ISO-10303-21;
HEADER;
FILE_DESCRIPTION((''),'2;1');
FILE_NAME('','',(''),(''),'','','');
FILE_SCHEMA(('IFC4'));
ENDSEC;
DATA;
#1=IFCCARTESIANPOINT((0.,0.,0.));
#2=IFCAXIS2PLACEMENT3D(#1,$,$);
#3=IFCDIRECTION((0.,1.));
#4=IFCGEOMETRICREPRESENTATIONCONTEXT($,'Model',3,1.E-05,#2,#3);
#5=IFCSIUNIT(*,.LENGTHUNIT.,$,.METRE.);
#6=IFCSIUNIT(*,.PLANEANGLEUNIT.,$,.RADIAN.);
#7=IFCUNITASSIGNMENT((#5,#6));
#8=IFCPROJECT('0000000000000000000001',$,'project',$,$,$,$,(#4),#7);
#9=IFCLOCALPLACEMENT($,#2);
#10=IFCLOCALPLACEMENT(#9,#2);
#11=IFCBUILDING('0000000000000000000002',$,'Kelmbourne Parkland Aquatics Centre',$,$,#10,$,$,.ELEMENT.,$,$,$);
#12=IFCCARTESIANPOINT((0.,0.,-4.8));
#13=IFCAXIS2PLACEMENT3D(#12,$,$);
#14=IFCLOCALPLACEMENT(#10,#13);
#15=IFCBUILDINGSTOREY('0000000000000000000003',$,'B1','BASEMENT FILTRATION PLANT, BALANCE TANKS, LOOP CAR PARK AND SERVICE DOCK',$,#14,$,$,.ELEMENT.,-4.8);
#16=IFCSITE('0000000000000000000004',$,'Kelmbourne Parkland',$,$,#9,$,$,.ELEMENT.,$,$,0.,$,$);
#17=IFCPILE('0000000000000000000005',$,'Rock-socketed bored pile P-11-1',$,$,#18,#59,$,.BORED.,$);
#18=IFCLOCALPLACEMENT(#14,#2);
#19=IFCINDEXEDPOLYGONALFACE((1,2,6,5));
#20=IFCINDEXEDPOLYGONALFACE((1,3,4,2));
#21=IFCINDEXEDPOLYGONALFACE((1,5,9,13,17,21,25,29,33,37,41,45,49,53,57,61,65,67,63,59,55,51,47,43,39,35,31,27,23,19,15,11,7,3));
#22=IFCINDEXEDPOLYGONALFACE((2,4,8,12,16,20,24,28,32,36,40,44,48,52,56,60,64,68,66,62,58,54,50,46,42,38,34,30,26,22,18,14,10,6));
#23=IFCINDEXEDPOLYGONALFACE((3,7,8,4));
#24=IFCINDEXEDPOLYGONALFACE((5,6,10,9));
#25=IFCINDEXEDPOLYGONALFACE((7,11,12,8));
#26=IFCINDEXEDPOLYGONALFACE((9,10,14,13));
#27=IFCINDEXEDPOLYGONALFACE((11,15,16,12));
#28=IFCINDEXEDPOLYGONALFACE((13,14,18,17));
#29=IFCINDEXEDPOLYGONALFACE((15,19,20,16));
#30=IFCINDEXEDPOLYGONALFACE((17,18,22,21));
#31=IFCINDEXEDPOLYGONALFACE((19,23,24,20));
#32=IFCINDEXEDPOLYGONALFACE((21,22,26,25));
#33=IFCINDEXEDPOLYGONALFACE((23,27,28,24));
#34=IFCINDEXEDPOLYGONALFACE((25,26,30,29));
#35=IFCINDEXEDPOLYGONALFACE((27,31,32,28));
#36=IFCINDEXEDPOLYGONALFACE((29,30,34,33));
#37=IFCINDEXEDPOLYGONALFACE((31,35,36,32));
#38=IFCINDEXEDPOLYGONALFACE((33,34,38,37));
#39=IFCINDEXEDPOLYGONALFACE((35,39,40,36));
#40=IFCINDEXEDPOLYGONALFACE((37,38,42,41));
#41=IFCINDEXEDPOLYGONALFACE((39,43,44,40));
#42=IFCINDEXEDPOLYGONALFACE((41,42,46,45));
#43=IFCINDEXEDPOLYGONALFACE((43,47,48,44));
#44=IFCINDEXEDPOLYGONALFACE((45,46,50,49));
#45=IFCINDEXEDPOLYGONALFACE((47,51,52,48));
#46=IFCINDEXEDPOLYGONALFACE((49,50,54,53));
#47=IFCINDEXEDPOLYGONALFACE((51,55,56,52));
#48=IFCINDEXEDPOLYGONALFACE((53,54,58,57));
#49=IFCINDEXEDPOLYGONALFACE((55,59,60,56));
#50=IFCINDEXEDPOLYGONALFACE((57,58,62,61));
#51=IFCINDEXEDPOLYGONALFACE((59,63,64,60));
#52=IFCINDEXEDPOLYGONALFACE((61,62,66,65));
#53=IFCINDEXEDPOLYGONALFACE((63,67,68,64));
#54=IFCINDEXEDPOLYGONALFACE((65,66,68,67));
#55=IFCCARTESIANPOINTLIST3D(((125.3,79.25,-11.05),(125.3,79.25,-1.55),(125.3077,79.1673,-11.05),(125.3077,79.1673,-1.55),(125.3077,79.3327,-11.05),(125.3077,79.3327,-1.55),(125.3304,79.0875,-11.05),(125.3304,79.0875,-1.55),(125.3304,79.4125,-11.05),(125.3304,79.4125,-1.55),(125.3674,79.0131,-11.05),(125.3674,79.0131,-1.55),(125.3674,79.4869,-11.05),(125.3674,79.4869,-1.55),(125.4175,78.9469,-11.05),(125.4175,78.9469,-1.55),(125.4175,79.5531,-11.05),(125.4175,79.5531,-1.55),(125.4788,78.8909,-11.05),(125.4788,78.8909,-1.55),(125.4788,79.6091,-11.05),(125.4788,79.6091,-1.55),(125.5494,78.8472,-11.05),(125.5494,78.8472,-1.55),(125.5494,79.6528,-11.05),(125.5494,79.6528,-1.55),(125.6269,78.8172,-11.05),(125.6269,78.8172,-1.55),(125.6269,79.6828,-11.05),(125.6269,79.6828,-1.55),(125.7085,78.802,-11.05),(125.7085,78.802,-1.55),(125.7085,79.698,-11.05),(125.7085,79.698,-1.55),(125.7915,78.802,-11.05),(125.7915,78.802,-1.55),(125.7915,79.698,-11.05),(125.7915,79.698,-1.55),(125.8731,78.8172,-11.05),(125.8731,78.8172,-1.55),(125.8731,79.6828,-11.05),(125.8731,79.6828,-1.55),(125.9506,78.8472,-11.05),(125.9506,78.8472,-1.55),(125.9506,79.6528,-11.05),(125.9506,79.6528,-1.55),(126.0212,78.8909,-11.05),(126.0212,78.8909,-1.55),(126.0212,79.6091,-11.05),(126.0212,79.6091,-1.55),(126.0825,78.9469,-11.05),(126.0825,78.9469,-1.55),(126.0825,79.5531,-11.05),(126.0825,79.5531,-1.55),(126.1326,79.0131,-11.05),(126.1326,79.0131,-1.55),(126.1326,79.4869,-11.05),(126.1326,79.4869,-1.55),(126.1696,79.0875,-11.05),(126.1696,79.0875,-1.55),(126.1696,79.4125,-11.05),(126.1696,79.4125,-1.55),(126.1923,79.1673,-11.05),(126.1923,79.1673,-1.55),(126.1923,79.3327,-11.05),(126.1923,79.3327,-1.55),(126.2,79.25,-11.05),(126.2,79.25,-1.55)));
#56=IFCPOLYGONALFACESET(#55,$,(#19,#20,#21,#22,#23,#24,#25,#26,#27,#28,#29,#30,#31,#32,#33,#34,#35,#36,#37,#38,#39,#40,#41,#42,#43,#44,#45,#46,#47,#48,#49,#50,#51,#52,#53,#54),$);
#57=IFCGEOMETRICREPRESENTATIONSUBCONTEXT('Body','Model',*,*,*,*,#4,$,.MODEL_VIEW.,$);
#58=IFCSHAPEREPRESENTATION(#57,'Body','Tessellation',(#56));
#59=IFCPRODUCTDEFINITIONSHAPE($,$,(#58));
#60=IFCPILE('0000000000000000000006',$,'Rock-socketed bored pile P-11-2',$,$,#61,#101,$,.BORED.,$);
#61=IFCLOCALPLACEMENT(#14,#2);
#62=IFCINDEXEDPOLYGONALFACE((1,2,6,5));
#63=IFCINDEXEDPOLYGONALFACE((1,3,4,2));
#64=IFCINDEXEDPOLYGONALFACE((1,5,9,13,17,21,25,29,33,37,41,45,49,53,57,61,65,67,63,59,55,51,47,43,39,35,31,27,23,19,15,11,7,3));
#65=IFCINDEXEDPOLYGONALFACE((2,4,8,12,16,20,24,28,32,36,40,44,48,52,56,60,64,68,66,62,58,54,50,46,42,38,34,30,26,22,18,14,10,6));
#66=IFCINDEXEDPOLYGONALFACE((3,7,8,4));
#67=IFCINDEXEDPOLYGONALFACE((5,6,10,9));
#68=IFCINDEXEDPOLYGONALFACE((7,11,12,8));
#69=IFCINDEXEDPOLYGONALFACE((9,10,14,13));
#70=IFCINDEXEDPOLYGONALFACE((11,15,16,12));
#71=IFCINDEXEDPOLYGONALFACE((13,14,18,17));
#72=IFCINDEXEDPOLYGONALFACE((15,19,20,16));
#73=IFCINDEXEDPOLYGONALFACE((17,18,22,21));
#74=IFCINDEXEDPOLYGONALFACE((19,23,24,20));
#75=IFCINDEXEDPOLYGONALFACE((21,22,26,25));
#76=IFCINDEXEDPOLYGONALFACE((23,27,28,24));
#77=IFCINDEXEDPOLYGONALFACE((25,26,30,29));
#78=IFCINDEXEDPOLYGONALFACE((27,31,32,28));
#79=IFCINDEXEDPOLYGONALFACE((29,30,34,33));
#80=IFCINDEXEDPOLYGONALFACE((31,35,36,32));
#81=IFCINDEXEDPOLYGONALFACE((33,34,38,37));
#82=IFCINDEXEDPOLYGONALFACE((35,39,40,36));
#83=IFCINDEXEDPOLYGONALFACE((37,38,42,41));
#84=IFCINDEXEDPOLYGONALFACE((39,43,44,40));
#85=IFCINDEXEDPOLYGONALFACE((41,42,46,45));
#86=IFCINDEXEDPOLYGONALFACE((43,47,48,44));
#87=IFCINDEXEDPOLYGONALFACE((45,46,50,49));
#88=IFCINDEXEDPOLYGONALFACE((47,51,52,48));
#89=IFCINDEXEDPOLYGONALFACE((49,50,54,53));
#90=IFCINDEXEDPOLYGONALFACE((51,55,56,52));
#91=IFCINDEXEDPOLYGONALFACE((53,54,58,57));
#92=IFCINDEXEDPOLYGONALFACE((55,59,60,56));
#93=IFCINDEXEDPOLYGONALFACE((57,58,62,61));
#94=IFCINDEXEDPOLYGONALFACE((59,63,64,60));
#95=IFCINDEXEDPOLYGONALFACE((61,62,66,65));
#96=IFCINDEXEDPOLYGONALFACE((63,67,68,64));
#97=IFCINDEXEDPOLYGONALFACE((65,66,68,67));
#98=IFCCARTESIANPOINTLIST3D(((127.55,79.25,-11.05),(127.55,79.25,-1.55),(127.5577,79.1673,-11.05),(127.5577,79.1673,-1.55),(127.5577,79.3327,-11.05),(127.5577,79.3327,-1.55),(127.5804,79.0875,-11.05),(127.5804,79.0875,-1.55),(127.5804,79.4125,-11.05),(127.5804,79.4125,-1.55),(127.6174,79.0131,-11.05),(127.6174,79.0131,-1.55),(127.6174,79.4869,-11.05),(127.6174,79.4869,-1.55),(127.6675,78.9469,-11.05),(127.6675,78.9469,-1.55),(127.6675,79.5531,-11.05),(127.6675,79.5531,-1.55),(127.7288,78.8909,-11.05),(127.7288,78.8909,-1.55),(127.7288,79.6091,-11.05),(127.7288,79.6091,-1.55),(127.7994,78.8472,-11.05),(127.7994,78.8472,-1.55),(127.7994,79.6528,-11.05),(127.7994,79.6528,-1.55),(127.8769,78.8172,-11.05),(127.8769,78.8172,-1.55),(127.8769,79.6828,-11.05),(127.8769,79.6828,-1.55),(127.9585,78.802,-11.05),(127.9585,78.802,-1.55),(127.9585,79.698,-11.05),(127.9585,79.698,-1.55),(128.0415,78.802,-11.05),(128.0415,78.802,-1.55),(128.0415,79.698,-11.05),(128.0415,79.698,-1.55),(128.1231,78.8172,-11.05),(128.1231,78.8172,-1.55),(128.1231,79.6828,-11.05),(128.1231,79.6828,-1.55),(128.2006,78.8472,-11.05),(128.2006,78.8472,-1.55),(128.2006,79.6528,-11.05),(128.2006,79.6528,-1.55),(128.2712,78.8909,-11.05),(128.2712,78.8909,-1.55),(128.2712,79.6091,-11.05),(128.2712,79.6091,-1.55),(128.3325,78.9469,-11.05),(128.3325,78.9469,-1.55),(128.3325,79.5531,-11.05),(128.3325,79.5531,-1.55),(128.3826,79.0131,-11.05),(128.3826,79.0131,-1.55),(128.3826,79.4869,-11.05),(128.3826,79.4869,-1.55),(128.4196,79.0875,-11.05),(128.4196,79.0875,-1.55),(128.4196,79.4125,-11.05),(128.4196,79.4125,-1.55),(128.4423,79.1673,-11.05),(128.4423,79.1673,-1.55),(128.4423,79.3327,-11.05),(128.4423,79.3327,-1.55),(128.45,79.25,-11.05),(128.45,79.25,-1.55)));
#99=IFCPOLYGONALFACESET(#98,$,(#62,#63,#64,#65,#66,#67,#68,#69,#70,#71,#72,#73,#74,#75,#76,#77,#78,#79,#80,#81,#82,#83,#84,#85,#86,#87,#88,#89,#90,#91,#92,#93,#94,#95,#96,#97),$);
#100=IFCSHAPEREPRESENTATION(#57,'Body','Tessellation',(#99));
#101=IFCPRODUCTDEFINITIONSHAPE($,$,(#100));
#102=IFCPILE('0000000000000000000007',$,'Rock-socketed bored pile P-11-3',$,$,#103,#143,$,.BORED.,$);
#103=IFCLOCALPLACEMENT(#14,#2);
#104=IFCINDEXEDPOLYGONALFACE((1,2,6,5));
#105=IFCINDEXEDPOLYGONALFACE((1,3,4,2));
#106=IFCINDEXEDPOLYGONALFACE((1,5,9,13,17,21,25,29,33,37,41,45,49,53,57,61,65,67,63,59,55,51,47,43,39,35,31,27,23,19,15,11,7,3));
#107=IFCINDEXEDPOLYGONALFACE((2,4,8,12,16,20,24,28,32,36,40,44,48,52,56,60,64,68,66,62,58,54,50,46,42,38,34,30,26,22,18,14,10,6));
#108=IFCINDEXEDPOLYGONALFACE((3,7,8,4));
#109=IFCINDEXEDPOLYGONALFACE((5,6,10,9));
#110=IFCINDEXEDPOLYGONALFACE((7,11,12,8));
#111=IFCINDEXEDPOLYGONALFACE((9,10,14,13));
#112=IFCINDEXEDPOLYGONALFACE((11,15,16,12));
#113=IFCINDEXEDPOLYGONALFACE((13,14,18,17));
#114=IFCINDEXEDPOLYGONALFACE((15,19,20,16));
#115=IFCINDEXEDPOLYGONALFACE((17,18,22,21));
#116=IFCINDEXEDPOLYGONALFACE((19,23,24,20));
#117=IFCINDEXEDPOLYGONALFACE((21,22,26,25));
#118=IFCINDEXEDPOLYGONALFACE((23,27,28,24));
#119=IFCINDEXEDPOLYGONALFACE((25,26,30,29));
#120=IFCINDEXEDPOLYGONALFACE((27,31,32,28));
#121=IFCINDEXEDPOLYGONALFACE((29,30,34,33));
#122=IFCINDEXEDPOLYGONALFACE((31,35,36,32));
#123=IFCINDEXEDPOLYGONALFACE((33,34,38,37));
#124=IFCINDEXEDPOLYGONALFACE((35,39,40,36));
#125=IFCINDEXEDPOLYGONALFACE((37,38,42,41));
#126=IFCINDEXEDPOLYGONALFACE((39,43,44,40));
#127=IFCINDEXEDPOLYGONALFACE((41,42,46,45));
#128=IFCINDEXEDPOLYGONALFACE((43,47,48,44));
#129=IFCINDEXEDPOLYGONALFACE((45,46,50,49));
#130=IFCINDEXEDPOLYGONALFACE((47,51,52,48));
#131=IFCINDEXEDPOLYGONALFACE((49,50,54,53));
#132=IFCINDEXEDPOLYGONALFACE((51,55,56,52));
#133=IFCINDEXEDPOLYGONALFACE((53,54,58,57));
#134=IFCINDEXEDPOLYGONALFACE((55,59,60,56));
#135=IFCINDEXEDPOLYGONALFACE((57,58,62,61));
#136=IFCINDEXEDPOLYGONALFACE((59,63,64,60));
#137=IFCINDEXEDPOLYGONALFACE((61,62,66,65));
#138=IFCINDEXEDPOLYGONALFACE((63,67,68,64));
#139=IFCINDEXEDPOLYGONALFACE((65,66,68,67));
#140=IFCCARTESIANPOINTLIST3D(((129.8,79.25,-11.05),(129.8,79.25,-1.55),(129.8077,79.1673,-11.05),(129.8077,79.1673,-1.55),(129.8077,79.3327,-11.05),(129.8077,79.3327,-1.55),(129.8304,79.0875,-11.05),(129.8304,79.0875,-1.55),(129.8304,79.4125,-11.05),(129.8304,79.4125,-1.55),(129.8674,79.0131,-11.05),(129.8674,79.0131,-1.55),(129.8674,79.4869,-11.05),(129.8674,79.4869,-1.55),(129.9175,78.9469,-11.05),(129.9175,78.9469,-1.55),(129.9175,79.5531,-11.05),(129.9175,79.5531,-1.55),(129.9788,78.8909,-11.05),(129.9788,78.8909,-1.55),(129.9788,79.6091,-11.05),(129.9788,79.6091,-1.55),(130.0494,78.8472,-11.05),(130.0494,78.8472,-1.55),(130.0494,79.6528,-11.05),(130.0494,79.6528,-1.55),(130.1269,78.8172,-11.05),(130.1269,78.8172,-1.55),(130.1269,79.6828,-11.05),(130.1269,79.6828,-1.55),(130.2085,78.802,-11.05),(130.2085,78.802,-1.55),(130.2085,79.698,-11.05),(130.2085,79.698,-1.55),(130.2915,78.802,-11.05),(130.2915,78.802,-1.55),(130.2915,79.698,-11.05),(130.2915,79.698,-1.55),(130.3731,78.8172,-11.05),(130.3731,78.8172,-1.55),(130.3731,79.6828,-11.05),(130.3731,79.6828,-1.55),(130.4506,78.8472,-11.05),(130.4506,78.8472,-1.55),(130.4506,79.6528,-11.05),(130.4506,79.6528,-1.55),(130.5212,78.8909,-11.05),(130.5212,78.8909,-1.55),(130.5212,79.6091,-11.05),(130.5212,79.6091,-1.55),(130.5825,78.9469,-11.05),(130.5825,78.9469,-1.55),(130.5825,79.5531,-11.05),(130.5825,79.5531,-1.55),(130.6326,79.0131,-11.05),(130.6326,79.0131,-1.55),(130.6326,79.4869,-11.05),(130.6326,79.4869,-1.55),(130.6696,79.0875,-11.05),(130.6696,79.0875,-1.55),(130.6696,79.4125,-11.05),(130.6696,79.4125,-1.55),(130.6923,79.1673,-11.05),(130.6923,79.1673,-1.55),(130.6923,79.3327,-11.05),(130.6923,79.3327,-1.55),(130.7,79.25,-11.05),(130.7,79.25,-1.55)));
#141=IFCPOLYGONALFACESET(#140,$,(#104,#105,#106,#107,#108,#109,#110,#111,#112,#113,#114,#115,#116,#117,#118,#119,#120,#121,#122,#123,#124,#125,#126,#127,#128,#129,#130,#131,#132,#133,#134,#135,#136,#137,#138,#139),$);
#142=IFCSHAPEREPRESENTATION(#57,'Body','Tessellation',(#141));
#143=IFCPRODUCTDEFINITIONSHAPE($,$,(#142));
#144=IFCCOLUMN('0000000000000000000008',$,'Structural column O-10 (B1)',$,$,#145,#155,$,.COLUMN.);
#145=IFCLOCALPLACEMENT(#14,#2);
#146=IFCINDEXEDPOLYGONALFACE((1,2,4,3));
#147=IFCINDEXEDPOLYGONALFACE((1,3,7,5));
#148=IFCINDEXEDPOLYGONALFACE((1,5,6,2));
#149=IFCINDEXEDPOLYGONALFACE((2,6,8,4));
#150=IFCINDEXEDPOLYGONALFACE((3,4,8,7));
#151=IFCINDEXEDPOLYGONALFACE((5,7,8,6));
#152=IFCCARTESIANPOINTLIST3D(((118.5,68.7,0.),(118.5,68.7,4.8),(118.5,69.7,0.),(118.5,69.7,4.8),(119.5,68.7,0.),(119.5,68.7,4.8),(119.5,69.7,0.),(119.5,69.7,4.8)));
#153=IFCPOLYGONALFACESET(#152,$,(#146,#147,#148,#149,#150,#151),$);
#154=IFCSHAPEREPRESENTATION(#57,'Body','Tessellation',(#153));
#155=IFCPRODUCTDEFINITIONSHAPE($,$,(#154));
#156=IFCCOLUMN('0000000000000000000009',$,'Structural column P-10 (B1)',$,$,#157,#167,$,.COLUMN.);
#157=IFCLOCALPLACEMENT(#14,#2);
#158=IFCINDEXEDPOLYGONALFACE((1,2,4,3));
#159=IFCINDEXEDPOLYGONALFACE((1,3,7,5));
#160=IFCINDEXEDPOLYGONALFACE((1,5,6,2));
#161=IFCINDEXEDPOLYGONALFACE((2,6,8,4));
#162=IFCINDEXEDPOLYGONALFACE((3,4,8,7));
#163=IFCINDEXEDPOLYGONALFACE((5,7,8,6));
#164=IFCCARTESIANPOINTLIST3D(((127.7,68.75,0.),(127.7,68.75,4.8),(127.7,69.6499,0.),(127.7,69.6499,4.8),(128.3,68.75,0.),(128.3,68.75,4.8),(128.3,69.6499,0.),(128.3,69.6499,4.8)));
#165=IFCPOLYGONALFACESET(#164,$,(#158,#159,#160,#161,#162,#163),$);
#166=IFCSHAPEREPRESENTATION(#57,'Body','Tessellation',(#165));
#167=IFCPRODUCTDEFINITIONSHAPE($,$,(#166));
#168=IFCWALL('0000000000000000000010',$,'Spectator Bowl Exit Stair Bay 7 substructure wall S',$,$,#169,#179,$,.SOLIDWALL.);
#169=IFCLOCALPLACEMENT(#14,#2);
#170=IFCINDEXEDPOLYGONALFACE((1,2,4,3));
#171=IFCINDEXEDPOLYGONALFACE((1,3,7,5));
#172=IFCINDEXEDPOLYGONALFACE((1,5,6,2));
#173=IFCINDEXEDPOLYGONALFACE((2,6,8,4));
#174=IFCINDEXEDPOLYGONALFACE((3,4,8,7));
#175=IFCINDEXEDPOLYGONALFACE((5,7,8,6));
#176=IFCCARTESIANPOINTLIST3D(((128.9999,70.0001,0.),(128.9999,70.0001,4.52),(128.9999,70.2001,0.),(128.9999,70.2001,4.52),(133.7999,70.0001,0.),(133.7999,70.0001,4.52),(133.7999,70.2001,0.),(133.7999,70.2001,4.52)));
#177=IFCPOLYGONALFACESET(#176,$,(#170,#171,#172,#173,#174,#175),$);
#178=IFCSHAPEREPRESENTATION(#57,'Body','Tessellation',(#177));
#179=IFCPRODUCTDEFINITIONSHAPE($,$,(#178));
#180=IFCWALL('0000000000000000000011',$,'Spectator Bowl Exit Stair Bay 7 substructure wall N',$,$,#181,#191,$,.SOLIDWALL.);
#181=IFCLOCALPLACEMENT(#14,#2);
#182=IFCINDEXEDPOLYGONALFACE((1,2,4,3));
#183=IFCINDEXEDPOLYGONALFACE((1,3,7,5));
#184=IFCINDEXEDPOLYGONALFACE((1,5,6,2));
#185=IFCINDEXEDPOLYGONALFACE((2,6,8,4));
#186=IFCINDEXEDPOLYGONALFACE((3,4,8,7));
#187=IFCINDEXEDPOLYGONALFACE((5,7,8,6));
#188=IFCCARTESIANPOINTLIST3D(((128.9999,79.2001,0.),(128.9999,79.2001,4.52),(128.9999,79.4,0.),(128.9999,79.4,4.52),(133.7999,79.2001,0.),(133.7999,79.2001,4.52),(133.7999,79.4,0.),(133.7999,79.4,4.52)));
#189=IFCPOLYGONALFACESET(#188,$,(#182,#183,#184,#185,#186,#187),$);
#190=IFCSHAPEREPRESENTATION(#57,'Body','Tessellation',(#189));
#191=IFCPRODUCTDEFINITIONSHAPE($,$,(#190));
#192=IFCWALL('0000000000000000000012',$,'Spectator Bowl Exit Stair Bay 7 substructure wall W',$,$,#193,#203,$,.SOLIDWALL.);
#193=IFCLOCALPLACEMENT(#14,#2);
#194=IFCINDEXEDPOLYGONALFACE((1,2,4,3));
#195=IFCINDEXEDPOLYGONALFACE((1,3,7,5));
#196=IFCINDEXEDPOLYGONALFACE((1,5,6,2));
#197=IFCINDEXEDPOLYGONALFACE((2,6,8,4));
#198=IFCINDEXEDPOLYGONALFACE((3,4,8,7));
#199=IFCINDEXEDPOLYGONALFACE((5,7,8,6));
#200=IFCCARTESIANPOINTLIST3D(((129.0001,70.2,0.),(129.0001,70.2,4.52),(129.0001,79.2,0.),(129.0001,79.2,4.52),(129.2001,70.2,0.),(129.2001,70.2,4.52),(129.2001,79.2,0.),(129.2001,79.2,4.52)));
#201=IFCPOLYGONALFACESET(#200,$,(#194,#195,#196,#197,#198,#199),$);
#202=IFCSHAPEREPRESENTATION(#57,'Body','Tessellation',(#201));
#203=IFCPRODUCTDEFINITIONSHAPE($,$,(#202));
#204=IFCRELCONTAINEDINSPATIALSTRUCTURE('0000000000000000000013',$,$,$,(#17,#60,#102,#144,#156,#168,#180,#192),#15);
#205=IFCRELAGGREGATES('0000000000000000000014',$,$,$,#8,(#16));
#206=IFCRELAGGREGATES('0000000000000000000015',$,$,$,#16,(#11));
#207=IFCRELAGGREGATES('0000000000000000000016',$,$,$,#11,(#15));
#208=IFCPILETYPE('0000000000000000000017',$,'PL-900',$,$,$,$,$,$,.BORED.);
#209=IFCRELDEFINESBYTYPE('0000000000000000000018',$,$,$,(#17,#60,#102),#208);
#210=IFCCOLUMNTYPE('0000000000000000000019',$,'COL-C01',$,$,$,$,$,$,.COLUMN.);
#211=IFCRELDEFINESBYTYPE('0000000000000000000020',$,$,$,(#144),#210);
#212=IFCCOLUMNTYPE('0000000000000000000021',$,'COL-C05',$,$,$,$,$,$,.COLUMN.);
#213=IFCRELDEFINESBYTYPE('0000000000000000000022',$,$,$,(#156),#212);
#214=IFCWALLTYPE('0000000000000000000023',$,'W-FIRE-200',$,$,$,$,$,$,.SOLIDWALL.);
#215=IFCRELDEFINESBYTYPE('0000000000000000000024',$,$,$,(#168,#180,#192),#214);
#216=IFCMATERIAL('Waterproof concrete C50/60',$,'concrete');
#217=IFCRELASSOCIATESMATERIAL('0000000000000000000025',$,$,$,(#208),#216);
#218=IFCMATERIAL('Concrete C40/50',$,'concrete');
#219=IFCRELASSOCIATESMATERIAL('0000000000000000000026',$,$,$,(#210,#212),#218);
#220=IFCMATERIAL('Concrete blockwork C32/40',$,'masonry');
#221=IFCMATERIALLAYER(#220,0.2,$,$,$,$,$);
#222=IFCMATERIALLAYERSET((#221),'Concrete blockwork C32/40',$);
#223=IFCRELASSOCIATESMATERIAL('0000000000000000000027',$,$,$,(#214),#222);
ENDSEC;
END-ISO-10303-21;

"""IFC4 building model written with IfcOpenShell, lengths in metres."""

from ifc_helpers import new_model, si_unit, direction, frame, frame_2d, origin, origin_2d, place, context, subcontext, project, spatial, rectangle, circle, extrude, material, layer, layer_set, material_profile, profile_set, type_object, element, save


model = new_model("IFC4")

# Units and contexts
model_context = context("Model", 3, precision=1e-05, world=origin(), true_north=direction((0.0, 1.0)))
body_context = subcontext(model_context, "Body", "Model", "MODEL_VIEW")
ifc_project = project(units=[si_unit("LENGTHUNIT", "METRE"), si_unit("PLANEANGLEUNIT", "RADIAN")], contexts=[model_context])

# Site, building, storey
site_placement = place(None, origin())
site = spatial("IfcSite", under=ifc_project, at=site_placement, Name="Kelmbourne Parkland", CompositionType="ELEMENT", RefElevation=0.0)
building_placement = place(site_placement, origin())
building = spatial("IfcBuilding", under=site, at=building_placement, Name="Kelmbourne Parkland Aquatics Centre", CompositionType="ELEMENT")
storey_placement = place(building_placement, frame((0.0, 0.0, -4.8)))
storey = spatial("IfcBuildingStorey", under=building, at=storey_placement, Name="B1", Description="BASEMENT FILTRATION PLANT, BALANCE TANKS, LOOP CAR PARK AND SERVICE DOCK", CompositionType="ELEMENT", Elevation=-4.8)

# Shared definitions
ifc_material_1 = material(Name="Waterproof concrete C50/60", Category="concrete")

# Piles
ifc_material_profile_1 = material_profile(ifc_material_1, circle(Radius=0.45, at=origin_2d()), Name="PILE D900")
ifc_profile_set_1 = profile_set([ifc_material_profile_1], Name="Waterproof concrete C50/60")
pile_type_1 = type_object("IfcPileType", Name="PL-900", PredefinedType="BORED", material=ifc_profile_set_1)
for number, where, z_axis, x_axis, name in (
    (1, (125.75, 79.25, -1.55), (0.0, 0.0, -1.0), (1.0, 0.0, 0.0), "Rock-socketed bored pile P-11-1"),
    (2, (128.0, 79.25, -1.55), (0.0, 0.0, -1.0), (1.0, 0.0, 0.0), "Rock-socketed bored pile P-11-2"),
    (3, (130.25, 79.25, -1.55), (0.0, 0.0, -1.0), (1.0, 0.0, 0.0), "Rock-socketed bored pile P-11-3"),
):
    element("IfcPile", number, at=place(storey_placement, frame(where, z_axis=z_axis, x_axis=x_axis)), inside=storey, type_object=pile_type_1, Name=name, PredefinedType="BORED", context=body_context, shape_type="SweptSolid", body=[
        extrude(circle(Radius=0.45, at=origin_2d()), origin(), (0.0, 0.0, 1.0), 9.5),
    ])

# Columns
ifc_material_2 = material(Name="Concrete C40/50", Category="concrete")
ifc_material_profile_2 = material_profile(ifc_material_2, rectangle(XDim=1.0, YDim=1.0, at=origin_2d()), Name="RC 1000x1000")
ifc_profile_set_2 = profile_set([ifc_material_profile_2], Name="Concrete C40/50")
column_type_1 = type_object("IfcColumnType", Name="COL-C01", PredefinedType="COLUMN", material=ifc_profile_set_2)
column_1_placement = place(storey_placement, frame((119.0, 69.2, 0.0), z_axis=(0.0, 0.0, 1.0), x_axis=(1.0, 0.0, 0.0)))
element("IfcColumn", 4, at=column_1_placement, inside=storey, type_object=column_type_1, Name="Structural column O-10 (B1)", PredefinedType="COLUMN", context=body_context, shape_type="SweptSolid", body=[
    extrude(rectangle(XDim=1.0, YDim=1.0, at=origin_2d()), origin(), (0.0, 0.0, 1.0), 4.8),
])
ifc_material_profile_3 = material_profile(ifc_material_2, rectangle(XDim=0.6001, YDim=0.8999, at=origin_2d()), Name="RC 600x900")
ifc_profile_set_3 = profile_set([ifc_material_profile_3], Name="Concrete C40/50")
column_type_2 = type_object("IfcColumnType", Name="COL-C05", PredefinedType="COLUMN", material=ifc_profile_set_3)
column_2_placement = place(storey_placement, frame((128.0, 69.2, 0.0), z_axis=(0.0, 0.0, 1.0), x_axis=(1.0, 0.0, 0.0)))
element("IfcColumn", 5, at=column_2_placement, inside=storey, type_object=column_type_2, Name="Structural column P-10 (B1)", PredefinedType="COLUMN", context=body_context, shape_type="SweptSolid", body=[
    extrude(rectangle(XDim=0.6001, YDim=0.8999, at=origin_2d()), origin(), (0.0, 0.0, 1.0), 4.8),
])

# Walls
ifc_material_3 = material(Name="Concrete blockwork C32/40", Category="masonry")
ifc_layer_1 = layer(ifc_material_3, 0.2)
ifc_layer_set_1 = layer_set([ifc_layer_1], Name="Concrete blockwork C32/40")
wall_type_1 = type_object("IfcWallType", Name="W-FIRE-200", PredefinedType="SOLIDWALL", material=ifc_layer_set_1)
for number, where, z_axis, x_axis, name in (
    (6, (129.0, 70.1001, 0.0), (0.0, 0.0, 1.0), (1.0, 0.0, 0.0), "Spectator Bowl Exit Stair Bay 7 substructure wall S"),
    (7, (129.0, 79.3, 0.0), (0.0, 0.0, 1.0), (1.0, 0.0, 0.0), "Spectator Bowl Exit Stair Bay 7 substructure wall N"),
):
    element("IfcWall", number, at=place(storey_placement, frame(where, z_axis=z_axis, x_axis=x_axis)), inside=storey, type_object=wall_type_1, Name=name, PredefinedType="SOLIDWALL", context=body_context, shape_type="SweptSolid", body=[
        extrude(rectangle(XDim=4.8, YDim=0.2, at=frame_2d((2.3999, 0.0))), origin(), (0.0, 0.0, 1.0), 4.52),
    ])
for number, where, z_axis, x_axis, name in (
    (8, (129.1001, 70.2, 0.0), (0.0, 0.0, 1.0), (0.0, 1.0, 0.0), "Spectator Bowl Exit Stair Bay 7 substructure wall W"),
):
    element("IfcWall", number, at=place(storey_placement, frame(where, z_axis=z_axis, x_axis=x_axis)), inside=storey, type_object=wall_type_1, Name=name, PredefinedType="SOLIDWALL", context=body_context, shape_type="SweptSolid", body=[
        extrude(rectangle(XDim=9.0, YDim=0.2, at=frame_2d((4.5, 0.0))), origin(), (0.0, 0.0, 1.0), 4.52),
    ])

save(model, "model.ifc")
